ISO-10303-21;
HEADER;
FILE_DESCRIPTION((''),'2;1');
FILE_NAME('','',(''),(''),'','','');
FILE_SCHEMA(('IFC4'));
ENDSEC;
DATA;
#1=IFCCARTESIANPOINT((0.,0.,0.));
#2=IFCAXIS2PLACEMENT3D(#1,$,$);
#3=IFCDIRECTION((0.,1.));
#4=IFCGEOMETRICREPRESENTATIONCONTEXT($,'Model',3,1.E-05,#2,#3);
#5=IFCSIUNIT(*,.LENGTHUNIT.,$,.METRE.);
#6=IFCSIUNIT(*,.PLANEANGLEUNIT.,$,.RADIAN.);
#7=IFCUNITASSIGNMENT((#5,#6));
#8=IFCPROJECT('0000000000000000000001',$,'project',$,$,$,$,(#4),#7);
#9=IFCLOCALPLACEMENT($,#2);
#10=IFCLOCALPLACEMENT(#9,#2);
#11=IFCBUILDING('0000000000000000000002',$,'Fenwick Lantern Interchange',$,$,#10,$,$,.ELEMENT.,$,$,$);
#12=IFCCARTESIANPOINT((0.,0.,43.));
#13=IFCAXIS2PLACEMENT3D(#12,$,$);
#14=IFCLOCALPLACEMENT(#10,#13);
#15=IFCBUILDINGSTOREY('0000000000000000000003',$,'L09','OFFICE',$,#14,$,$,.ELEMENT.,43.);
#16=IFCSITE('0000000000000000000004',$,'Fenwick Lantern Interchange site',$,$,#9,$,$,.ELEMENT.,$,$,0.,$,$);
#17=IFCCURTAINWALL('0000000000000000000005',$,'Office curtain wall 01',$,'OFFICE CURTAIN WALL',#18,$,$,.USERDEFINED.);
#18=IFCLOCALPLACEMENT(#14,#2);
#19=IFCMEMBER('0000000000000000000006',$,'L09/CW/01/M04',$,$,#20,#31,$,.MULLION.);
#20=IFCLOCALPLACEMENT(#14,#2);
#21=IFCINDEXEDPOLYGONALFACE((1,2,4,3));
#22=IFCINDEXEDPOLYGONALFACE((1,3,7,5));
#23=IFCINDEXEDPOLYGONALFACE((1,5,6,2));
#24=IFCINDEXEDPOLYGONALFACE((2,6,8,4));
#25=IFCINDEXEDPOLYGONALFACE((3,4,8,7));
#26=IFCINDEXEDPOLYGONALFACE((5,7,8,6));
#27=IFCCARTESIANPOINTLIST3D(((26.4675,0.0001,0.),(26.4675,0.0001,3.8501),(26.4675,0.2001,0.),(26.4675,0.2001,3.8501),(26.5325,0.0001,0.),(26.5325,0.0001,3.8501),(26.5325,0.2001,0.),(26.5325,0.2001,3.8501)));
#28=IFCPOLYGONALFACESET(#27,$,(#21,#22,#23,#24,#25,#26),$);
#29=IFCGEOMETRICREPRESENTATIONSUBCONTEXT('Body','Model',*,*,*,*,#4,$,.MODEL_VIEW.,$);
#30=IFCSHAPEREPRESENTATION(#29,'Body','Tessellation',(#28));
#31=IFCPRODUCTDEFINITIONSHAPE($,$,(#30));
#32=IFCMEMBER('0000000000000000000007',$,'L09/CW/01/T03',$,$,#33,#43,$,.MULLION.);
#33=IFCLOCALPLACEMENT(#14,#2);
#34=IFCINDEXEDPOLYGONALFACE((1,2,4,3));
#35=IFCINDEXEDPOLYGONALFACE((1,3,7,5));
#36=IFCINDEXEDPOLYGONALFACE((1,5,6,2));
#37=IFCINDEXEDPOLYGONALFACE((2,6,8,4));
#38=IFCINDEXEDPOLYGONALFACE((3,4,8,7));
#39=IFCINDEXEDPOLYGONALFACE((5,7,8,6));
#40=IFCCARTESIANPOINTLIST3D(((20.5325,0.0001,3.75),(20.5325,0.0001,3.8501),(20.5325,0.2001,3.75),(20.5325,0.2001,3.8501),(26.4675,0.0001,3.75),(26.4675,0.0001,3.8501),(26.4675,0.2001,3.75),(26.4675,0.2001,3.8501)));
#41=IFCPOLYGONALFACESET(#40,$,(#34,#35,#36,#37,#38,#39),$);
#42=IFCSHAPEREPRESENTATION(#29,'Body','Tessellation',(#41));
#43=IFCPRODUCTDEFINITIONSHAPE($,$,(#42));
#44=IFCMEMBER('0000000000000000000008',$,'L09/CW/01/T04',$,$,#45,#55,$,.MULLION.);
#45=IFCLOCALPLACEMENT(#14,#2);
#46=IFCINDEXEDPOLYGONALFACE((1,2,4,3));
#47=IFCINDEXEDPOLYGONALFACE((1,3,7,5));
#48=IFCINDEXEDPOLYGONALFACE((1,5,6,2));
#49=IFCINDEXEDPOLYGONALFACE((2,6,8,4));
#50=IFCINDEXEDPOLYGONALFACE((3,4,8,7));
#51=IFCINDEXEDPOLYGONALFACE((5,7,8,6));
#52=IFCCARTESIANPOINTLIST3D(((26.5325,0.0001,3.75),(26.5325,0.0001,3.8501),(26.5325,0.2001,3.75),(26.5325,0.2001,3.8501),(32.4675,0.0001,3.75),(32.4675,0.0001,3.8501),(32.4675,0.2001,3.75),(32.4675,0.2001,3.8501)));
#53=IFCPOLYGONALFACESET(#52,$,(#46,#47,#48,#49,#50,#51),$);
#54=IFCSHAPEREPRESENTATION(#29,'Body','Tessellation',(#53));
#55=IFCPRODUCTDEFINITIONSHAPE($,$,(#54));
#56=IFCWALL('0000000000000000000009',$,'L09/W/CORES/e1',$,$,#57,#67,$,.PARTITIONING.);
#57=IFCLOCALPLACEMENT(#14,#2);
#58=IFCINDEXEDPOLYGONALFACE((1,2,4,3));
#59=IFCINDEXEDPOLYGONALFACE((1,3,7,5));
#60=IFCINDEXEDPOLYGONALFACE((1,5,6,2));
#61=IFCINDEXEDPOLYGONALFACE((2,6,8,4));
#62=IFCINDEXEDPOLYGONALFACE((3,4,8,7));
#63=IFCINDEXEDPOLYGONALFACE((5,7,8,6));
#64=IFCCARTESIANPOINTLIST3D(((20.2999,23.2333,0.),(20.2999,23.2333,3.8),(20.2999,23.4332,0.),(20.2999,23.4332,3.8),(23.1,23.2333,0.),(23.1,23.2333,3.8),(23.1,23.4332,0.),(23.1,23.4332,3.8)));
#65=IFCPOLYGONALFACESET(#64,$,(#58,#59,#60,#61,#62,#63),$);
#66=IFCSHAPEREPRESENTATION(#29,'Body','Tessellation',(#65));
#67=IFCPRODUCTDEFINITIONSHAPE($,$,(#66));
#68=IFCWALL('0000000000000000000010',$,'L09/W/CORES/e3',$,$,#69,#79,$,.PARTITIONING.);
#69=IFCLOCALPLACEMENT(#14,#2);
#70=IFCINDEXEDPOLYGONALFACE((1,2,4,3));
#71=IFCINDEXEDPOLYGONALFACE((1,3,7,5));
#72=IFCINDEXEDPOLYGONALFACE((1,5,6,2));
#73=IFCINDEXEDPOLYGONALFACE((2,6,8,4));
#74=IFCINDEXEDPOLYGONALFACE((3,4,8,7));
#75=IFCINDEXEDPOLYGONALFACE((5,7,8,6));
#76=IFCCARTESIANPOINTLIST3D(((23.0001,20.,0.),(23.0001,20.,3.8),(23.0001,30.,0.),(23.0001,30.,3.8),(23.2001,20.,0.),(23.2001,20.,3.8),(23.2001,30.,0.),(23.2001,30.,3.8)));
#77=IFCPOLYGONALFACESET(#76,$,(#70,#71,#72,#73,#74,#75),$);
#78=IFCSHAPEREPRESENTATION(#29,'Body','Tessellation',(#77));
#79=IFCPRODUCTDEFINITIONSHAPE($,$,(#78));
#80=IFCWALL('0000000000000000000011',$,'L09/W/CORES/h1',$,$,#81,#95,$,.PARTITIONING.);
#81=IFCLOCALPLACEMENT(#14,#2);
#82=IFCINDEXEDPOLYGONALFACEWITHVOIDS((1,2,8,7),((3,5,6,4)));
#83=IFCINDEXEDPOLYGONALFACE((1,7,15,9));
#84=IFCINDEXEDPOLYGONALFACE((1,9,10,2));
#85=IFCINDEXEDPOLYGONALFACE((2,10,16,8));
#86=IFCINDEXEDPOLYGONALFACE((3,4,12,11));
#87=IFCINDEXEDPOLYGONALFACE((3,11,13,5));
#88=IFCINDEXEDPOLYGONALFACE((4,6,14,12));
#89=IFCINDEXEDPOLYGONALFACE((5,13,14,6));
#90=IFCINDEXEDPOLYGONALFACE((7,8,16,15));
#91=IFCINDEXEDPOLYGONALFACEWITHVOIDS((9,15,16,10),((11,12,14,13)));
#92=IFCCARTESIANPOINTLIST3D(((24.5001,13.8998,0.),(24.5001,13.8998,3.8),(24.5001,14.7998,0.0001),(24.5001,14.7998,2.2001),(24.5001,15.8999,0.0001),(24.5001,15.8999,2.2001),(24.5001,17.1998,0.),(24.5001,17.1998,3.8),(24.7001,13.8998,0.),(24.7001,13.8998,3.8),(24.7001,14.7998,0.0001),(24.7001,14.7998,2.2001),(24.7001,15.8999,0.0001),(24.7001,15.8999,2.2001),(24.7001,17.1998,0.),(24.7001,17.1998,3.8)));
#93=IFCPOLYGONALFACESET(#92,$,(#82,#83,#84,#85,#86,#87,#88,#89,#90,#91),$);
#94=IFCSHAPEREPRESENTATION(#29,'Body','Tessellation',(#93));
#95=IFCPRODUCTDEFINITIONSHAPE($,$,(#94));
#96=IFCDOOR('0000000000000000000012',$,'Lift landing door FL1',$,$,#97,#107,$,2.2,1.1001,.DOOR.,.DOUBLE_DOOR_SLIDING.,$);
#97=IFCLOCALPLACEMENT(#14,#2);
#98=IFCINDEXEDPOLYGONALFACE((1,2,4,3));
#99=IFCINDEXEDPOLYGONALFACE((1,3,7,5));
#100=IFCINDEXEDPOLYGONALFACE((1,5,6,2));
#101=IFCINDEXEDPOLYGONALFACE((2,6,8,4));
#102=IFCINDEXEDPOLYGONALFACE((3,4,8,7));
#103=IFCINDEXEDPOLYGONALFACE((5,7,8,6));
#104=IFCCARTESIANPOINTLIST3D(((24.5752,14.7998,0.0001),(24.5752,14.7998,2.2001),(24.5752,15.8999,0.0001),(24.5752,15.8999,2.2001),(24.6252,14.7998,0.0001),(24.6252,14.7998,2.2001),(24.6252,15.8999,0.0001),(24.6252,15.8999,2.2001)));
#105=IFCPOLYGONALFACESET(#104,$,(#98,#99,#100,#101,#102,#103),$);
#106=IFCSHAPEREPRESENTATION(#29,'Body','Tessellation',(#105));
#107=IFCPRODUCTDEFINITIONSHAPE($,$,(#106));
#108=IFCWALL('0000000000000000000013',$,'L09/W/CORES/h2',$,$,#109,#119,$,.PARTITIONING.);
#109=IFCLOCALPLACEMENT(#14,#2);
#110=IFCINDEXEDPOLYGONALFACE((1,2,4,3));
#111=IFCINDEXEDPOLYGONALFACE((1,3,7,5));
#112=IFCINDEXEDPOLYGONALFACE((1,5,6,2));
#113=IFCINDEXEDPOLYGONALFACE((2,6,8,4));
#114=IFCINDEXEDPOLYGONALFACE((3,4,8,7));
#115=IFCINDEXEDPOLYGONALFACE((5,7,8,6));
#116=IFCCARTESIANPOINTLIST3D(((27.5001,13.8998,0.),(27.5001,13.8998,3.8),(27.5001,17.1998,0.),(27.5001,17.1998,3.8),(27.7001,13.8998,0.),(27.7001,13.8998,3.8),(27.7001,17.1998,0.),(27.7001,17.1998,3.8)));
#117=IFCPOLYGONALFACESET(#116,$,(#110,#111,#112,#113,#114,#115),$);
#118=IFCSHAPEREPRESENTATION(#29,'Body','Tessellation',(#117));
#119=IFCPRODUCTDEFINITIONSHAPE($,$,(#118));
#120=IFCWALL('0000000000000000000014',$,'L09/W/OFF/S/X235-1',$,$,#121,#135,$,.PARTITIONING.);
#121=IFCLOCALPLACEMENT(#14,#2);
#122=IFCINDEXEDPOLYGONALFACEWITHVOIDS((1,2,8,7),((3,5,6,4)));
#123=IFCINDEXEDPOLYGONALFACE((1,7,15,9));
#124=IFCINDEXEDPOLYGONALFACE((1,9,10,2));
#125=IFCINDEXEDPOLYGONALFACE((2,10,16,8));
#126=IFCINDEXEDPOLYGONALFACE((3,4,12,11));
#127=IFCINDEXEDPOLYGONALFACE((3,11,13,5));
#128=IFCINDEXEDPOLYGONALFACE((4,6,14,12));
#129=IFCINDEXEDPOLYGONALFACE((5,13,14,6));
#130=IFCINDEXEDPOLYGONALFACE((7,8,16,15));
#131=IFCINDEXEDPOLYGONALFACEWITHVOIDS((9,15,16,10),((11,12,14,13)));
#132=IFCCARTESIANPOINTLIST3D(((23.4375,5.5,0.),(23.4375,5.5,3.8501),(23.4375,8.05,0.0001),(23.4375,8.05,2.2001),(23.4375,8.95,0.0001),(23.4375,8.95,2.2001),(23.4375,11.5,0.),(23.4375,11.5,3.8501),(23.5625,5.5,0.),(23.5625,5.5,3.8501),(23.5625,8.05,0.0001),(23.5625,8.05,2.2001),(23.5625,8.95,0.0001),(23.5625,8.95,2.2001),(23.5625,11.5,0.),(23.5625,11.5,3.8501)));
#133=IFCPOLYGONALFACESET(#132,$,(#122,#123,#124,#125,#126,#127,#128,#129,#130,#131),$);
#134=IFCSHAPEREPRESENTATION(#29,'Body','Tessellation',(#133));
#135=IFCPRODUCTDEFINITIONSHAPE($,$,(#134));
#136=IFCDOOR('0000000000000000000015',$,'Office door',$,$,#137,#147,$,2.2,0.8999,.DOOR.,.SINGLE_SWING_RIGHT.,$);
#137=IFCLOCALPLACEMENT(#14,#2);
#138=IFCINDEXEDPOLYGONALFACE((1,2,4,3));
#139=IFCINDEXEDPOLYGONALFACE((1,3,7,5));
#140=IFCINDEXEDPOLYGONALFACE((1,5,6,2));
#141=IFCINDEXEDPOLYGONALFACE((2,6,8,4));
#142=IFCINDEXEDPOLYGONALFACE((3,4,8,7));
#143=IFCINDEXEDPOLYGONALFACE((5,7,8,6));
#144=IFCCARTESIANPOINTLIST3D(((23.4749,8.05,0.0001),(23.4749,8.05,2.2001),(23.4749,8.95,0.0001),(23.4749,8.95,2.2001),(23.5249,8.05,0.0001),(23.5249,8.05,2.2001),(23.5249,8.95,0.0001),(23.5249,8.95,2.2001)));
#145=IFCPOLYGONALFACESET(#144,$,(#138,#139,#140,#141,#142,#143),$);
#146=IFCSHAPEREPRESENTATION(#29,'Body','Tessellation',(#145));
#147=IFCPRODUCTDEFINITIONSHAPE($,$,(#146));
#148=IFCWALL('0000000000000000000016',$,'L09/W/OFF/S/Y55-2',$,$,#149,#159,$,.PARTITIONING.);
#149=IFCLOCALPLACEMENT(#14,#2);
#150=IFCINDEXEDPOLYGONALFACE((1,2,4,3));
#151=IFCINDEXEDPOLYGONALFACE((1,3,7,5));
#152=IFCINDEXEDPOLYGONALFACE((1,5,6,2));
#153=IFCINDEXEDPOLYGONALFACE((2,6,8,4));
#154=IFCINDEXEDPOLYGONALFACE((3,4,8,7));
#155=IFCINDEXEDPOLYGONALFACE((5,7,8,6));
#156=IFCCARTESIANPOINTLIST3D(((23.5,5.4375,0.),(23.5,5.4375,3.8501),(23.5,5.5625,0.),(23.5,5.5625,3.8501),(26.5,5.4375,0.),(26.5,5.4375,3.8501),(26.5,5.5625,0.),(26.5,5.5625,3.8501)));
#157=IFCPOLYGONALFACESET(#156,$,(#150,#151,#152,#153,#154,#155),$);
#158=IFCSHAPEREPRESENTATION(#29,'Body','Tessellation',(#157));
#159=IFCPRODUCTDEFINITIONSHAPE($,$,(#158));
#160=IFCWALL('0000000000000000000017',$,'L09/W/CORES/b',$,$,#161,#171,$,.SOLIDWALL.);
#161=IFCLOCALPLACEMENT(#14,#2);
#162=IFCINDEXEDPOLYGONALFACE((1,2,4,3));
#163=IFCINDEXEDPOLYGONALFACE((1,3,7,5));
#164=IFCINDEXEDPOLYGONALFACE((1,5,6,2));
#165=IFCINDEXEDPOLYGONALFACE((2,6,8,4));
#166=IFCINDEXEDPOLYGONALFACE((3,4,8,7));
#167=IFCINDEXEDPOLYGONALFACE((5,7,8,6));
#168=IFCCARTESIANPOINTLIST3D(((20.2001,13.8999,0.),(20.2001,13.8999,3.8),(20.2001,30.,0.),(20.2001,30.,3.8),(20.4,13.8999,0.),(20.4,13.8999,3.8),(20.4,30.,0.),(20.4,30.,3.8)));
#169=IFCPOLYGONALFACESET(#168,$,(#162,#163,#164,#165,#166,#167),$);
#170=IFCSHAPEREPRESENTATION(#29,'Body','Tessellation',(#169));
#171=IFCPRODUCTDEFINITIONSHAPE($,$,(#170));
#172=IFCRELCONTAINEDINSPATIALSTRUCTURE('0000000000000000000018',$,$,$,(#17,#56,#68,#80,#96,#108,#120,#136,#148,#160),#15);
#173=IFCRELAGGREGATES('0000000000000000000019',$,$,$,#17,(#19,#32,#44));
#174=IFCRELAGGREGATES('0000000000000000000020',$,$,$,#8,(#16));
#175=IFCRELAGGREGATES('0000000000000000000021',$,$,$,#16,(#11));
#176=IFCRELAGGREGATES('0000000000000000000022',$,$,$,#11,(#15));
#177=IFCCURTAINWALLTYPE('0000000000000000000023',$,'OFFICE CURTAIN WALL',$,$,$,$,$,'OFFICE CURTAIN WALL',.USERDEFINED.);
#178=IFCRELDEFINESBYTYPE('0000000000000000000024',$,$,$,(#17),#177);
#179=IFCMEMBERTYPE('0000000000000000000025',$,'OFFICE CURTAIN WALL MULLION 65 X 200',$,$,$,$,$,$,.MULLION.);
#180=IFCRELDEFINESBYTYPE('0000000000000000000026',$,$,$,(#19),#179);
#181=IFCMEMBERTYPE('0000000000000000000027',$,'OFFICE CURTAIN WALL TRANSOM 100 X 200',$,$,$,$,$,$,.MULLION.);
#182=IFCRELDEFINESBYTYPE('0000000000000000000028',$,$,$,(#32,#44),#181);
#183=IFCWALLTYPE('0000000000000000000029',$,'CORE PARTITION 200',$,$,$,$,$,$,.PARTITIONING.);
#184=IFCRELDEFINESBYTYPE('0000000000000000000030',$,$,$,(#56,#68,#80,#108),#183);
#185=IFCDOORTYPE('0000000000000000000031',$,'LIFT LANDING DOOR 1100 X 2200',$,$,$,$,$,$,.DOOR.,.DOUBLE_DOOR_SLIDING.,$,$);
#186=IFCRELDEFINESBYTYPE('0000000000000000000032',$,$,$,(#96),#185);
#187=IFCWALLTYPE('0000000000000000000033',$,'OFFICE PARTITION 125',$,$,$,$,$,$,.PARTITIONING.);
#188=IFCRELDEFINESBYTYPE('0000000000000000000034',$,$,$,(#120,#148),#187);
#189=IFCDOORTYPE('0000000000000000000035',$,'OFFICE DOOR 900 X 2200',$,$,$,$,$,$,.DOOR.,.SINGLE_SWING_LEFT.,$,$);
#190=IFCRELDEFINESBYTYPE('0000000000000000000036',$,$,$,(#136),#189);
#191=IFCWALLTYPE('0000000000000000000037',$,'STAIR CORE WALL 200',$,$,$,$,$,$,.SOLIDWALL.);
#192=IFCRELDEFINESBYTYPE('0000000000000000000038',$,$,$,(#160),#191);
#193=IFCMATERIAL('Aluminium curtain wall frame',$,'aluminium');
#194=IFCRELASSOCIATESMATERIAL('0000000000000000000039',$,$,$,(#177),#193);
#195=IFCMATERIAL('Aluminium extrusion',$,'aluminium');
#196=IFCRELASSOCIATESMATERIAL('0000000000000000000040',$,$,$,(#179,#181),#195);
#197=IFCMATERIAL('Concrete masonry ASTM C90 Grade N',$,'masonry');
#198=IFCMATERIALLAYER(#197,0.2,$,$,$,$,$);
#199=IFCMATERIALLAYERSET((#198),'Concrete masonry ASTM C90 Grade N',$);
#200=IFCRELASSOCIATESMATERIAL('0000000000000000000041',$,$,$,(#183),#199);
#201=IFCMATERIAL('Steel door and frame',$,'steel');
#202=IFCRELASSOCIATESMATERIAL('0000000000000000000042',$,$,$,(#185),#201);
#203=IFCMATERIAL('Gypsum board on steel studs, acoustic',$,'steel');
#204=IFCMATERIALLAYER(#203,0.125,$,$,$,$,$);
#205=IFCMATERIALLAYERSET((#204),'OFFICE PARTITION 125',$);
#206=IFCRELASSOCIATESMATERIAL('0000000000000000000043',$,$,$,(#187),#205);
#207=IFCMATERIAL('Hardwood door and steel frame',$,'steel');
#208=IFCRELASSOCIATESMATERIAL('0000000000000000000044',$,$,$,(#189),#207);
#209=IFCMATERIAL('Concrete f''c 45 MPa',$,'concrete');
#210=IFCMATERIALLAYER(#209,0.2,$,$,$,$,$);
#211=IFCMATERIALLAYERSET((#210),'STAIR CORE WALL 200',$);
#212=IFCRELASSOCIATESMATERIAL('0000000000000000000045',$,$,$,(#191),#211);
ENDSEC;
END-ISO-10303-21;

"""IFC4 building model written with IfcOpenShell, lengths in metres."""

from ifc_helpers import new_model, si_unit, direction, frame, frame_2d, origin, origin_2d, place, context, subcontext, project, spatial, rectangle, extrude, material, layer, layer_set, material_profile, profile_set, type_object, element, fill, aggregate, save


model = new_model("IFC4")

# Units and contexts
model_context = context("Model", 3, precision=1e-05, world=origin(), true_north=direction((0.0, 1.0)))
body_context = subcontext(model_context, "Body", "Model", "MODEL_VIEW")
ifc_project = project(units=[si_unit("LENGTHUNIT", "METRE"), si_unit("PLANEANGLEUNIT", "RADIAN")], contexts=[model_context])

# Site, building, storey
site_placement = place(None, origin())
site = spatial("IfcSite", under=ifc_project, at=site_placement, Name="Fenwick Lantern Interchange site", CompositionType="ELEMENT", RefElevation=0.0)
building_placement = place(site_placement, origin())
building = spatial("IfcBuilding", under=site, at=building_placement, Name="Fenwick Lantern Interchange", CompositionType="ELEMENT")
storey_placement = place(building_placement, frame((0.0, 0.0, 43.0)))
storey = spatial("IfcBuildingStorey", under=building, at=storey_placement, Name="L09", Description="OFFICE", CompositionType="ELEMENT", Elevation=43.0)

# Curtain wall, members
ifc_material_1 = material(Name="Aluminium curtain wall frame", Category="aluminium")
curtain_wall_type = type_object("IfcCurtainWallType", Name="OFFICE CURTAIN WALL", ElementType="OFFICE CURTAIN WALL", PredefinedType="USERDEFINED", material=ifc_material_1)
curtain_wall_placement = place(storey_placement, origin())
curtain_wall = element("IfcCurtainWall", 1, at=curtain_wall_placement, inside=storey, type_object=curtain_wall_type, Name="Office curtain wall 01", ObjectType="OFFICE CURTAIN WALL", PredefinedType="USERDEFINED")
ifc_material_2 = material(Name="Aluminium extrusion", Category="aluminium")
ifc_material_profile_1 = material_profile(ifc_material_2, rectangle(XDim=0.2, YDim=0.0649, at=origin_2d()), Name="OFFICE CURTAIN WALL MULLION 65 X 200")
ifc_profile_set_1 = profile_set([ifc_material_profile_1], Name="Aluminium extrusion")
member_type_1 = type_object("IfcMemberType", Name="OFFICE CURTAIN WALL MULLION 65 X 200", PredefinedType="MULLION", material=ifc_profile_set_1)
member_1_placement = place(storey_placement, frame((26.5, 0.1001, 0.0), z_axis=(0.0, 0.0, 1.0), x_axis=(0.0, 1.0, 0.0)))
member_1 = element("IfcMember", 2, at=member_1_placement, type_object=member_type_1, Name="L09/CW/01/M04", PredefinedType="MULLION", context=body_context, shape_type="SweptSolid", body=[
    extrude(rectangle(XDim=0.2, YDim=0.0649, at=origin_2d()), origin(), (0.0, 0.0, 1.0), 3.8501),
])
ifc_material_profile_2 = material_profile(ifc_material_2, rectangle(XDim=0.2, YDim=0.1001, at=origin_2d()), Name="OFFICE CURTAIN WALL TRANSOM 100 X 200")
ifc_profile_set_2 = profile_set([ifc_material_profile_2], Name="Aluminium extrusion")
member_type_2 = type_object("IfcMemberType", Name="OFFICE CURTAIN WALL TRANSOM 100 X 200", PredefinedType="MULLION", material=ifc_profile_set_2)
member_2_placement = place(storey_placement, frame((20.5325, 0.1001, 3.8), z_axis=(1.0, 0.0, 0.0), x_axis=(0.0, 1.0, 0.0)))
member_2 = element("IfcMember", 3, at=member_2_placement, type_object=member_type_2, Name="L09/CW/01/T03", PredefinedType="MULLION", context=body_context, shape_type="SweptSolid", body=[
    extrude(rectangle(XDim=0.2, YDim=0.1001, at=origin_2d()), origin(), (0.0, 0.0, 1.0), 5.9351),
])
member_3_placement = place(storey_placement, frame((26.5325, 0.1001, 3.8), z_axis=(1.0, 0.0, 0.0), x_axis=(0.0, 1.0, 0.0)))
member_3 = element("IfcMember", 4, at=member_3_placement, type_object=member_type_2, Name="L09/CW/01/T04", PredefinedType="MULLION", context=body_context, shape_type="SweptSolid", body=[
    extrude(rectangle(XDim=0.2, YDim=0.1001, at=origin_2d()), origin(), (0.0, 0.0, 1.0), 5.9351),
])
aggregate(curtain_wall, [member_1, member_2, member_3])

# Walls
ifc_material_3 = material(Name="Concrete masonry ASTM C90 Grade N", Category="masonry")
ifc_layer_1 = layer(ifc_material_3, 0.2)
ifc_layer_set_1 = layer_set([ifc_layer_1], Name="Concrete masonry ASTM C90 Grade N")
wall_type_1 = type_object("IfcWallType", Name="CORE PARTITION 200", PredefinedType="PARTITIONING", material=ifc_layer_set_1)
wall_1_placement = place(storey_placement, frame((20.3, 23.3333, 0.0), z_axis=(0.0, 0.0, 1.0), x_axis=(1.0, 0.0, 0.0)))
element("IfcWall", 5, at=wall_1_placement, inside=storey, type_object=wall_type_1, Name="L09/W/CORES/e1", PredefinedType="PARTITIONING", context=body_context, shape_type="SweptSolid", body=[
    extrude(rectangle(XDim=2.8, YDim=0.2, at=frame_2d((1.3999, 0.0))), origin(), (0.0, 0.0, 1.0), 3.8),
])
wall_2_placement = place(storey_placement, frame((23.1001, 20.0, 0.0), z_axis=(0.0, 0.0, 1.0), x_axis=(0.0, 1.0, 0.0)))
element("IfcWall", 6, at=wall_2_placement, inside=storey, type_object=wall_type_1, Name="L09/W/CORES/e3", PredefinedType="PARTITIONING", context=body_context, shape_type="SweptSolid", body=[
    extrude(rectangle(XDim=10.0, YDim=0.2, at=frame_2d((5.0, 0.0))), origin(), (0.0, 0.0, 1.0), 3.8),
])

# Wall, opening, door
wall_3_placement = place(storey_placement, frame((24.6001, 13.8999, 0.0), z_axis=(0.0, 0.0, 1.0), x_axis=(0.0, 1.0, 0.0)))
wall_3 = element("IfcWall", 7, at=wall_3_placement, inside=storey, type_object=wall_type_1, Name="L09/W/CORES/h1", PredefinedType="PARTITIONING", context=body_context, shape_type="SweptSolid", body=[
    extrude(rectangle(XDim=3.3, YDim=0.2, at=frame_2d((1.6499, 0.0))), origin(), (0.0, 0.0, 1.0), 3.8),
])
opening_1_placement = place(wall_3_placement, frame((0.8999, 0.0, 0.0)))
opening_1 = element("IfcOpeningElement", 8, at=opening_1_placement, cuts=wall_3, PredefinedType="OPENING", context=body_context, shape_type="SweptSolid", body=[
    extrude(rectangle(XDim=1.1001, YDim=2.2, at=frame_2d((0.55, 1.1001))), frame((0.0, 0.1099, 0.0), z_axis=(0.0, -1.0, 0.0), x_axis=(1.0, 0.0, 0.0)), (0.0, 0.0, 1.0), 0.22),
])
ifc_material_4 = material(Name="Steel door and frame", Category="steel")
door_type_1 = type_object("IfcDoorType", Name="LIFT LANDING DOOR 1100 X 2200", OperationType="DOUBLE_DOOR_SLIDING", PredefinedType="DOOR", material=ifc_material_4)
door_1_placement = place(opening_1_placement, origin())
door_1 = element("IfcDoor", 9, at=door_1_placement, inside=storey, type_object=door_type_1, Name="Lift landing door FL1", OperationType="DOUBLE_DOOR_SLIDING", OverallHeight=2.2, OverallWidth=1.1001, PredefinedType="DOOR", context=body_context, shape_type="SweptSolid", body=[
    extrude(rectangle(XDim=1.1001, YDim=2.2, at=frame_2d((0.55, 1.1001))), frame((0.0, 0.0249, 0.0), z_axis=(0.0, -1.0, 0.0), x_axis=(1.0, 0.0, 0.0)), (0.0, 0.0, 1.0), 0.05),
])
fill(opening_1, door_1)

# Wall
wall_4_placement = place(storey_placement, frame((27.6001, 13.8999, 0.0), z_axis=(0.0, 0.0, 1.0), x_axis=(0.0, 1.0, 0.0)))
element("IfcWall", 10, at=wall_4_placement, inside=storey, type_object=wall_type_1, Name="L09/W/CORES/h2", PredefinedType="PARTITIONING", context=body_context, shape_type="SweptSolid", body=[
    extrude(rectangle(XDim=3.3, YDim=0.2, at=frame_2d((1.6499, 0.0))), origin(), (0.0, 0.0, 1.0), 3.8),
])

# Wall, opening, door
ifc_material_5 = material(Name="Gypsum board on steel studs, acoustic", Category="steel")
ifc_layer_2 = layer(ifc_material_5, 0.125)
ifc_layer_set_2 = layer_set([ifc_layer_2], Name="OFFICE PARTITION 125")
wall_type_2 = type_object("IfcWallType", Name="OFFICE PARTITION 125", PredefinedType="PARTITIONING", material=ifc_layer_set_2)
wall_5_placement = place(storey_placement, frame((23.5, 5.5, 0.0), z_axis=(0.0, 0.0, 1.0), x_axis=(0.0, 1.0, 0.0)))
wall_5 = element("IfcWall", 11, at=wall_5_placement, inside=storey, type_object=wall_type_2, Name="L09/W/OFF/S/X235-1", PredefinedType="PARTITIONING", context=body_context, shape_type="SweptSolid", body=[
    extrude(rectangle(XDim=6.0, YDim=0.125, at=frame_2d((3.0, 0.0))), origin(), (0.0, 0.0, 1.0), 3.8501),
])
opening_2_placement = place(wall_5_placement, frame((2.55, 0.0, 0.0)))
opening_2 = element("IfcOpeningElement", 12, at=opening_2_placement, cuts=wall_5, PredefinedType="OPENING", context=body_context, shape_type="SweptSolid", body=[
    extrude(rectangle(XDim=0.8999, YDim=2.2, at=frame_2d((0.45, 1.1001))), frame((0.0, 0.0725, 0.0), z_axis=(0.0, -1.0, 0.0), x_axis=(1.0, 0.0, 0.0)), (0.0, 0.0, 1.0), 0.145),
])
ifc_material_6 = material(Name="Hardwood door and steel frame", Category="steel")
door_type_2 = type_object("IfcDoorType", Name="OFFICE DOOR 900 X 2200", OperationType="SINGLE_SWING_LEFT", PredefinedType="DOOR", material=ifc_material_6)
door_2_placement = place(opening_2_placement, frame((0.8999, 0.0, 0.0), z_axis=(0.0, 0.0, 1.0), x_axis=(-1.0, 0.0, 0.0)))
door_2 = element("IfcDoor", 13, at=door_2_placement, inside=storey, type_object=door_type_2, Name="Office door", OperationType="SINGLE_SWING_RIGHT", OverallHeight=2.2, OverallWidth=0.8999, PredefinedType="DOOR", context=body_context, shape_type="SweptSolid", body=[
    extrude(rectangle(XDim=0.8999, YDim=2.2, at=frame_2d((0.45, 1.1001))), frame((0.0, 0.0249, 0.0), z_axis=(0.0, -1.0, 0.0), x_axis=(1.0, 0.0, 0.0)), (0.0, 0.0, 1.0), 0.05),
])
fill(opening_2, door_2)

# Walls
wall_6_placement = place(storey_placement, frame((23.5, 5.5, 0.0), z_axis=(0.0, 0.0, 1.0), x_axis=(1.0, 0.0, 0.0)))
element("IfcWall", 14, at=wall_6_placement, inside=storey, type_object=wall_type_2, Name="L09/W/OFF/S/Y55-2", PredefinedType="PARTITIONING", context=body_context, shape_type="SweptSolid", body=[
    extrude(rectangle(XDim=3.0, YDim=0.125, at=frame_2d((1.5, 0.0))), origin(), (0.0, 0.0, 1.0), 3.8501),
])
ifc_material_7 = material(Name="Concrete f'c 45 MPa", Category="concrete")
ifc_layer_3 = layer(ifc_material_7, 0.2)
ifc_layer_set_3 = layer_set([ifc_layer_3], Name="STAIR CORE WALL 200")
wall_type_3 = type_object("IfcWallType", Name="STAIR CORE WALL 200", PredefinedType="SOLIDWALL", material=ifc_layer_set_3)
wall_7_placement = place(storey_placement, frame((20.3, 13.8999, 0.0), z_axis=(0.0, 0.0, 1.0), x_axis=(0.0, 1.0, 0.0)))
element("IfcWall", 15, at=wall_7_placement, inside=storey, type_object=wall_type_3, Name="L09/W/CORES/b", PredefinedType="SOLIDWALL", context=body_context, shape_type="SweptSolid", body=[
    extrude(rectangle(XDim=16.1001, YDim=0.2, at=frame_2d((8.05, 0.0))), origin(), (0.0, 0.0, 1.0), 3.8),
])

save(model, "model.ifc")
